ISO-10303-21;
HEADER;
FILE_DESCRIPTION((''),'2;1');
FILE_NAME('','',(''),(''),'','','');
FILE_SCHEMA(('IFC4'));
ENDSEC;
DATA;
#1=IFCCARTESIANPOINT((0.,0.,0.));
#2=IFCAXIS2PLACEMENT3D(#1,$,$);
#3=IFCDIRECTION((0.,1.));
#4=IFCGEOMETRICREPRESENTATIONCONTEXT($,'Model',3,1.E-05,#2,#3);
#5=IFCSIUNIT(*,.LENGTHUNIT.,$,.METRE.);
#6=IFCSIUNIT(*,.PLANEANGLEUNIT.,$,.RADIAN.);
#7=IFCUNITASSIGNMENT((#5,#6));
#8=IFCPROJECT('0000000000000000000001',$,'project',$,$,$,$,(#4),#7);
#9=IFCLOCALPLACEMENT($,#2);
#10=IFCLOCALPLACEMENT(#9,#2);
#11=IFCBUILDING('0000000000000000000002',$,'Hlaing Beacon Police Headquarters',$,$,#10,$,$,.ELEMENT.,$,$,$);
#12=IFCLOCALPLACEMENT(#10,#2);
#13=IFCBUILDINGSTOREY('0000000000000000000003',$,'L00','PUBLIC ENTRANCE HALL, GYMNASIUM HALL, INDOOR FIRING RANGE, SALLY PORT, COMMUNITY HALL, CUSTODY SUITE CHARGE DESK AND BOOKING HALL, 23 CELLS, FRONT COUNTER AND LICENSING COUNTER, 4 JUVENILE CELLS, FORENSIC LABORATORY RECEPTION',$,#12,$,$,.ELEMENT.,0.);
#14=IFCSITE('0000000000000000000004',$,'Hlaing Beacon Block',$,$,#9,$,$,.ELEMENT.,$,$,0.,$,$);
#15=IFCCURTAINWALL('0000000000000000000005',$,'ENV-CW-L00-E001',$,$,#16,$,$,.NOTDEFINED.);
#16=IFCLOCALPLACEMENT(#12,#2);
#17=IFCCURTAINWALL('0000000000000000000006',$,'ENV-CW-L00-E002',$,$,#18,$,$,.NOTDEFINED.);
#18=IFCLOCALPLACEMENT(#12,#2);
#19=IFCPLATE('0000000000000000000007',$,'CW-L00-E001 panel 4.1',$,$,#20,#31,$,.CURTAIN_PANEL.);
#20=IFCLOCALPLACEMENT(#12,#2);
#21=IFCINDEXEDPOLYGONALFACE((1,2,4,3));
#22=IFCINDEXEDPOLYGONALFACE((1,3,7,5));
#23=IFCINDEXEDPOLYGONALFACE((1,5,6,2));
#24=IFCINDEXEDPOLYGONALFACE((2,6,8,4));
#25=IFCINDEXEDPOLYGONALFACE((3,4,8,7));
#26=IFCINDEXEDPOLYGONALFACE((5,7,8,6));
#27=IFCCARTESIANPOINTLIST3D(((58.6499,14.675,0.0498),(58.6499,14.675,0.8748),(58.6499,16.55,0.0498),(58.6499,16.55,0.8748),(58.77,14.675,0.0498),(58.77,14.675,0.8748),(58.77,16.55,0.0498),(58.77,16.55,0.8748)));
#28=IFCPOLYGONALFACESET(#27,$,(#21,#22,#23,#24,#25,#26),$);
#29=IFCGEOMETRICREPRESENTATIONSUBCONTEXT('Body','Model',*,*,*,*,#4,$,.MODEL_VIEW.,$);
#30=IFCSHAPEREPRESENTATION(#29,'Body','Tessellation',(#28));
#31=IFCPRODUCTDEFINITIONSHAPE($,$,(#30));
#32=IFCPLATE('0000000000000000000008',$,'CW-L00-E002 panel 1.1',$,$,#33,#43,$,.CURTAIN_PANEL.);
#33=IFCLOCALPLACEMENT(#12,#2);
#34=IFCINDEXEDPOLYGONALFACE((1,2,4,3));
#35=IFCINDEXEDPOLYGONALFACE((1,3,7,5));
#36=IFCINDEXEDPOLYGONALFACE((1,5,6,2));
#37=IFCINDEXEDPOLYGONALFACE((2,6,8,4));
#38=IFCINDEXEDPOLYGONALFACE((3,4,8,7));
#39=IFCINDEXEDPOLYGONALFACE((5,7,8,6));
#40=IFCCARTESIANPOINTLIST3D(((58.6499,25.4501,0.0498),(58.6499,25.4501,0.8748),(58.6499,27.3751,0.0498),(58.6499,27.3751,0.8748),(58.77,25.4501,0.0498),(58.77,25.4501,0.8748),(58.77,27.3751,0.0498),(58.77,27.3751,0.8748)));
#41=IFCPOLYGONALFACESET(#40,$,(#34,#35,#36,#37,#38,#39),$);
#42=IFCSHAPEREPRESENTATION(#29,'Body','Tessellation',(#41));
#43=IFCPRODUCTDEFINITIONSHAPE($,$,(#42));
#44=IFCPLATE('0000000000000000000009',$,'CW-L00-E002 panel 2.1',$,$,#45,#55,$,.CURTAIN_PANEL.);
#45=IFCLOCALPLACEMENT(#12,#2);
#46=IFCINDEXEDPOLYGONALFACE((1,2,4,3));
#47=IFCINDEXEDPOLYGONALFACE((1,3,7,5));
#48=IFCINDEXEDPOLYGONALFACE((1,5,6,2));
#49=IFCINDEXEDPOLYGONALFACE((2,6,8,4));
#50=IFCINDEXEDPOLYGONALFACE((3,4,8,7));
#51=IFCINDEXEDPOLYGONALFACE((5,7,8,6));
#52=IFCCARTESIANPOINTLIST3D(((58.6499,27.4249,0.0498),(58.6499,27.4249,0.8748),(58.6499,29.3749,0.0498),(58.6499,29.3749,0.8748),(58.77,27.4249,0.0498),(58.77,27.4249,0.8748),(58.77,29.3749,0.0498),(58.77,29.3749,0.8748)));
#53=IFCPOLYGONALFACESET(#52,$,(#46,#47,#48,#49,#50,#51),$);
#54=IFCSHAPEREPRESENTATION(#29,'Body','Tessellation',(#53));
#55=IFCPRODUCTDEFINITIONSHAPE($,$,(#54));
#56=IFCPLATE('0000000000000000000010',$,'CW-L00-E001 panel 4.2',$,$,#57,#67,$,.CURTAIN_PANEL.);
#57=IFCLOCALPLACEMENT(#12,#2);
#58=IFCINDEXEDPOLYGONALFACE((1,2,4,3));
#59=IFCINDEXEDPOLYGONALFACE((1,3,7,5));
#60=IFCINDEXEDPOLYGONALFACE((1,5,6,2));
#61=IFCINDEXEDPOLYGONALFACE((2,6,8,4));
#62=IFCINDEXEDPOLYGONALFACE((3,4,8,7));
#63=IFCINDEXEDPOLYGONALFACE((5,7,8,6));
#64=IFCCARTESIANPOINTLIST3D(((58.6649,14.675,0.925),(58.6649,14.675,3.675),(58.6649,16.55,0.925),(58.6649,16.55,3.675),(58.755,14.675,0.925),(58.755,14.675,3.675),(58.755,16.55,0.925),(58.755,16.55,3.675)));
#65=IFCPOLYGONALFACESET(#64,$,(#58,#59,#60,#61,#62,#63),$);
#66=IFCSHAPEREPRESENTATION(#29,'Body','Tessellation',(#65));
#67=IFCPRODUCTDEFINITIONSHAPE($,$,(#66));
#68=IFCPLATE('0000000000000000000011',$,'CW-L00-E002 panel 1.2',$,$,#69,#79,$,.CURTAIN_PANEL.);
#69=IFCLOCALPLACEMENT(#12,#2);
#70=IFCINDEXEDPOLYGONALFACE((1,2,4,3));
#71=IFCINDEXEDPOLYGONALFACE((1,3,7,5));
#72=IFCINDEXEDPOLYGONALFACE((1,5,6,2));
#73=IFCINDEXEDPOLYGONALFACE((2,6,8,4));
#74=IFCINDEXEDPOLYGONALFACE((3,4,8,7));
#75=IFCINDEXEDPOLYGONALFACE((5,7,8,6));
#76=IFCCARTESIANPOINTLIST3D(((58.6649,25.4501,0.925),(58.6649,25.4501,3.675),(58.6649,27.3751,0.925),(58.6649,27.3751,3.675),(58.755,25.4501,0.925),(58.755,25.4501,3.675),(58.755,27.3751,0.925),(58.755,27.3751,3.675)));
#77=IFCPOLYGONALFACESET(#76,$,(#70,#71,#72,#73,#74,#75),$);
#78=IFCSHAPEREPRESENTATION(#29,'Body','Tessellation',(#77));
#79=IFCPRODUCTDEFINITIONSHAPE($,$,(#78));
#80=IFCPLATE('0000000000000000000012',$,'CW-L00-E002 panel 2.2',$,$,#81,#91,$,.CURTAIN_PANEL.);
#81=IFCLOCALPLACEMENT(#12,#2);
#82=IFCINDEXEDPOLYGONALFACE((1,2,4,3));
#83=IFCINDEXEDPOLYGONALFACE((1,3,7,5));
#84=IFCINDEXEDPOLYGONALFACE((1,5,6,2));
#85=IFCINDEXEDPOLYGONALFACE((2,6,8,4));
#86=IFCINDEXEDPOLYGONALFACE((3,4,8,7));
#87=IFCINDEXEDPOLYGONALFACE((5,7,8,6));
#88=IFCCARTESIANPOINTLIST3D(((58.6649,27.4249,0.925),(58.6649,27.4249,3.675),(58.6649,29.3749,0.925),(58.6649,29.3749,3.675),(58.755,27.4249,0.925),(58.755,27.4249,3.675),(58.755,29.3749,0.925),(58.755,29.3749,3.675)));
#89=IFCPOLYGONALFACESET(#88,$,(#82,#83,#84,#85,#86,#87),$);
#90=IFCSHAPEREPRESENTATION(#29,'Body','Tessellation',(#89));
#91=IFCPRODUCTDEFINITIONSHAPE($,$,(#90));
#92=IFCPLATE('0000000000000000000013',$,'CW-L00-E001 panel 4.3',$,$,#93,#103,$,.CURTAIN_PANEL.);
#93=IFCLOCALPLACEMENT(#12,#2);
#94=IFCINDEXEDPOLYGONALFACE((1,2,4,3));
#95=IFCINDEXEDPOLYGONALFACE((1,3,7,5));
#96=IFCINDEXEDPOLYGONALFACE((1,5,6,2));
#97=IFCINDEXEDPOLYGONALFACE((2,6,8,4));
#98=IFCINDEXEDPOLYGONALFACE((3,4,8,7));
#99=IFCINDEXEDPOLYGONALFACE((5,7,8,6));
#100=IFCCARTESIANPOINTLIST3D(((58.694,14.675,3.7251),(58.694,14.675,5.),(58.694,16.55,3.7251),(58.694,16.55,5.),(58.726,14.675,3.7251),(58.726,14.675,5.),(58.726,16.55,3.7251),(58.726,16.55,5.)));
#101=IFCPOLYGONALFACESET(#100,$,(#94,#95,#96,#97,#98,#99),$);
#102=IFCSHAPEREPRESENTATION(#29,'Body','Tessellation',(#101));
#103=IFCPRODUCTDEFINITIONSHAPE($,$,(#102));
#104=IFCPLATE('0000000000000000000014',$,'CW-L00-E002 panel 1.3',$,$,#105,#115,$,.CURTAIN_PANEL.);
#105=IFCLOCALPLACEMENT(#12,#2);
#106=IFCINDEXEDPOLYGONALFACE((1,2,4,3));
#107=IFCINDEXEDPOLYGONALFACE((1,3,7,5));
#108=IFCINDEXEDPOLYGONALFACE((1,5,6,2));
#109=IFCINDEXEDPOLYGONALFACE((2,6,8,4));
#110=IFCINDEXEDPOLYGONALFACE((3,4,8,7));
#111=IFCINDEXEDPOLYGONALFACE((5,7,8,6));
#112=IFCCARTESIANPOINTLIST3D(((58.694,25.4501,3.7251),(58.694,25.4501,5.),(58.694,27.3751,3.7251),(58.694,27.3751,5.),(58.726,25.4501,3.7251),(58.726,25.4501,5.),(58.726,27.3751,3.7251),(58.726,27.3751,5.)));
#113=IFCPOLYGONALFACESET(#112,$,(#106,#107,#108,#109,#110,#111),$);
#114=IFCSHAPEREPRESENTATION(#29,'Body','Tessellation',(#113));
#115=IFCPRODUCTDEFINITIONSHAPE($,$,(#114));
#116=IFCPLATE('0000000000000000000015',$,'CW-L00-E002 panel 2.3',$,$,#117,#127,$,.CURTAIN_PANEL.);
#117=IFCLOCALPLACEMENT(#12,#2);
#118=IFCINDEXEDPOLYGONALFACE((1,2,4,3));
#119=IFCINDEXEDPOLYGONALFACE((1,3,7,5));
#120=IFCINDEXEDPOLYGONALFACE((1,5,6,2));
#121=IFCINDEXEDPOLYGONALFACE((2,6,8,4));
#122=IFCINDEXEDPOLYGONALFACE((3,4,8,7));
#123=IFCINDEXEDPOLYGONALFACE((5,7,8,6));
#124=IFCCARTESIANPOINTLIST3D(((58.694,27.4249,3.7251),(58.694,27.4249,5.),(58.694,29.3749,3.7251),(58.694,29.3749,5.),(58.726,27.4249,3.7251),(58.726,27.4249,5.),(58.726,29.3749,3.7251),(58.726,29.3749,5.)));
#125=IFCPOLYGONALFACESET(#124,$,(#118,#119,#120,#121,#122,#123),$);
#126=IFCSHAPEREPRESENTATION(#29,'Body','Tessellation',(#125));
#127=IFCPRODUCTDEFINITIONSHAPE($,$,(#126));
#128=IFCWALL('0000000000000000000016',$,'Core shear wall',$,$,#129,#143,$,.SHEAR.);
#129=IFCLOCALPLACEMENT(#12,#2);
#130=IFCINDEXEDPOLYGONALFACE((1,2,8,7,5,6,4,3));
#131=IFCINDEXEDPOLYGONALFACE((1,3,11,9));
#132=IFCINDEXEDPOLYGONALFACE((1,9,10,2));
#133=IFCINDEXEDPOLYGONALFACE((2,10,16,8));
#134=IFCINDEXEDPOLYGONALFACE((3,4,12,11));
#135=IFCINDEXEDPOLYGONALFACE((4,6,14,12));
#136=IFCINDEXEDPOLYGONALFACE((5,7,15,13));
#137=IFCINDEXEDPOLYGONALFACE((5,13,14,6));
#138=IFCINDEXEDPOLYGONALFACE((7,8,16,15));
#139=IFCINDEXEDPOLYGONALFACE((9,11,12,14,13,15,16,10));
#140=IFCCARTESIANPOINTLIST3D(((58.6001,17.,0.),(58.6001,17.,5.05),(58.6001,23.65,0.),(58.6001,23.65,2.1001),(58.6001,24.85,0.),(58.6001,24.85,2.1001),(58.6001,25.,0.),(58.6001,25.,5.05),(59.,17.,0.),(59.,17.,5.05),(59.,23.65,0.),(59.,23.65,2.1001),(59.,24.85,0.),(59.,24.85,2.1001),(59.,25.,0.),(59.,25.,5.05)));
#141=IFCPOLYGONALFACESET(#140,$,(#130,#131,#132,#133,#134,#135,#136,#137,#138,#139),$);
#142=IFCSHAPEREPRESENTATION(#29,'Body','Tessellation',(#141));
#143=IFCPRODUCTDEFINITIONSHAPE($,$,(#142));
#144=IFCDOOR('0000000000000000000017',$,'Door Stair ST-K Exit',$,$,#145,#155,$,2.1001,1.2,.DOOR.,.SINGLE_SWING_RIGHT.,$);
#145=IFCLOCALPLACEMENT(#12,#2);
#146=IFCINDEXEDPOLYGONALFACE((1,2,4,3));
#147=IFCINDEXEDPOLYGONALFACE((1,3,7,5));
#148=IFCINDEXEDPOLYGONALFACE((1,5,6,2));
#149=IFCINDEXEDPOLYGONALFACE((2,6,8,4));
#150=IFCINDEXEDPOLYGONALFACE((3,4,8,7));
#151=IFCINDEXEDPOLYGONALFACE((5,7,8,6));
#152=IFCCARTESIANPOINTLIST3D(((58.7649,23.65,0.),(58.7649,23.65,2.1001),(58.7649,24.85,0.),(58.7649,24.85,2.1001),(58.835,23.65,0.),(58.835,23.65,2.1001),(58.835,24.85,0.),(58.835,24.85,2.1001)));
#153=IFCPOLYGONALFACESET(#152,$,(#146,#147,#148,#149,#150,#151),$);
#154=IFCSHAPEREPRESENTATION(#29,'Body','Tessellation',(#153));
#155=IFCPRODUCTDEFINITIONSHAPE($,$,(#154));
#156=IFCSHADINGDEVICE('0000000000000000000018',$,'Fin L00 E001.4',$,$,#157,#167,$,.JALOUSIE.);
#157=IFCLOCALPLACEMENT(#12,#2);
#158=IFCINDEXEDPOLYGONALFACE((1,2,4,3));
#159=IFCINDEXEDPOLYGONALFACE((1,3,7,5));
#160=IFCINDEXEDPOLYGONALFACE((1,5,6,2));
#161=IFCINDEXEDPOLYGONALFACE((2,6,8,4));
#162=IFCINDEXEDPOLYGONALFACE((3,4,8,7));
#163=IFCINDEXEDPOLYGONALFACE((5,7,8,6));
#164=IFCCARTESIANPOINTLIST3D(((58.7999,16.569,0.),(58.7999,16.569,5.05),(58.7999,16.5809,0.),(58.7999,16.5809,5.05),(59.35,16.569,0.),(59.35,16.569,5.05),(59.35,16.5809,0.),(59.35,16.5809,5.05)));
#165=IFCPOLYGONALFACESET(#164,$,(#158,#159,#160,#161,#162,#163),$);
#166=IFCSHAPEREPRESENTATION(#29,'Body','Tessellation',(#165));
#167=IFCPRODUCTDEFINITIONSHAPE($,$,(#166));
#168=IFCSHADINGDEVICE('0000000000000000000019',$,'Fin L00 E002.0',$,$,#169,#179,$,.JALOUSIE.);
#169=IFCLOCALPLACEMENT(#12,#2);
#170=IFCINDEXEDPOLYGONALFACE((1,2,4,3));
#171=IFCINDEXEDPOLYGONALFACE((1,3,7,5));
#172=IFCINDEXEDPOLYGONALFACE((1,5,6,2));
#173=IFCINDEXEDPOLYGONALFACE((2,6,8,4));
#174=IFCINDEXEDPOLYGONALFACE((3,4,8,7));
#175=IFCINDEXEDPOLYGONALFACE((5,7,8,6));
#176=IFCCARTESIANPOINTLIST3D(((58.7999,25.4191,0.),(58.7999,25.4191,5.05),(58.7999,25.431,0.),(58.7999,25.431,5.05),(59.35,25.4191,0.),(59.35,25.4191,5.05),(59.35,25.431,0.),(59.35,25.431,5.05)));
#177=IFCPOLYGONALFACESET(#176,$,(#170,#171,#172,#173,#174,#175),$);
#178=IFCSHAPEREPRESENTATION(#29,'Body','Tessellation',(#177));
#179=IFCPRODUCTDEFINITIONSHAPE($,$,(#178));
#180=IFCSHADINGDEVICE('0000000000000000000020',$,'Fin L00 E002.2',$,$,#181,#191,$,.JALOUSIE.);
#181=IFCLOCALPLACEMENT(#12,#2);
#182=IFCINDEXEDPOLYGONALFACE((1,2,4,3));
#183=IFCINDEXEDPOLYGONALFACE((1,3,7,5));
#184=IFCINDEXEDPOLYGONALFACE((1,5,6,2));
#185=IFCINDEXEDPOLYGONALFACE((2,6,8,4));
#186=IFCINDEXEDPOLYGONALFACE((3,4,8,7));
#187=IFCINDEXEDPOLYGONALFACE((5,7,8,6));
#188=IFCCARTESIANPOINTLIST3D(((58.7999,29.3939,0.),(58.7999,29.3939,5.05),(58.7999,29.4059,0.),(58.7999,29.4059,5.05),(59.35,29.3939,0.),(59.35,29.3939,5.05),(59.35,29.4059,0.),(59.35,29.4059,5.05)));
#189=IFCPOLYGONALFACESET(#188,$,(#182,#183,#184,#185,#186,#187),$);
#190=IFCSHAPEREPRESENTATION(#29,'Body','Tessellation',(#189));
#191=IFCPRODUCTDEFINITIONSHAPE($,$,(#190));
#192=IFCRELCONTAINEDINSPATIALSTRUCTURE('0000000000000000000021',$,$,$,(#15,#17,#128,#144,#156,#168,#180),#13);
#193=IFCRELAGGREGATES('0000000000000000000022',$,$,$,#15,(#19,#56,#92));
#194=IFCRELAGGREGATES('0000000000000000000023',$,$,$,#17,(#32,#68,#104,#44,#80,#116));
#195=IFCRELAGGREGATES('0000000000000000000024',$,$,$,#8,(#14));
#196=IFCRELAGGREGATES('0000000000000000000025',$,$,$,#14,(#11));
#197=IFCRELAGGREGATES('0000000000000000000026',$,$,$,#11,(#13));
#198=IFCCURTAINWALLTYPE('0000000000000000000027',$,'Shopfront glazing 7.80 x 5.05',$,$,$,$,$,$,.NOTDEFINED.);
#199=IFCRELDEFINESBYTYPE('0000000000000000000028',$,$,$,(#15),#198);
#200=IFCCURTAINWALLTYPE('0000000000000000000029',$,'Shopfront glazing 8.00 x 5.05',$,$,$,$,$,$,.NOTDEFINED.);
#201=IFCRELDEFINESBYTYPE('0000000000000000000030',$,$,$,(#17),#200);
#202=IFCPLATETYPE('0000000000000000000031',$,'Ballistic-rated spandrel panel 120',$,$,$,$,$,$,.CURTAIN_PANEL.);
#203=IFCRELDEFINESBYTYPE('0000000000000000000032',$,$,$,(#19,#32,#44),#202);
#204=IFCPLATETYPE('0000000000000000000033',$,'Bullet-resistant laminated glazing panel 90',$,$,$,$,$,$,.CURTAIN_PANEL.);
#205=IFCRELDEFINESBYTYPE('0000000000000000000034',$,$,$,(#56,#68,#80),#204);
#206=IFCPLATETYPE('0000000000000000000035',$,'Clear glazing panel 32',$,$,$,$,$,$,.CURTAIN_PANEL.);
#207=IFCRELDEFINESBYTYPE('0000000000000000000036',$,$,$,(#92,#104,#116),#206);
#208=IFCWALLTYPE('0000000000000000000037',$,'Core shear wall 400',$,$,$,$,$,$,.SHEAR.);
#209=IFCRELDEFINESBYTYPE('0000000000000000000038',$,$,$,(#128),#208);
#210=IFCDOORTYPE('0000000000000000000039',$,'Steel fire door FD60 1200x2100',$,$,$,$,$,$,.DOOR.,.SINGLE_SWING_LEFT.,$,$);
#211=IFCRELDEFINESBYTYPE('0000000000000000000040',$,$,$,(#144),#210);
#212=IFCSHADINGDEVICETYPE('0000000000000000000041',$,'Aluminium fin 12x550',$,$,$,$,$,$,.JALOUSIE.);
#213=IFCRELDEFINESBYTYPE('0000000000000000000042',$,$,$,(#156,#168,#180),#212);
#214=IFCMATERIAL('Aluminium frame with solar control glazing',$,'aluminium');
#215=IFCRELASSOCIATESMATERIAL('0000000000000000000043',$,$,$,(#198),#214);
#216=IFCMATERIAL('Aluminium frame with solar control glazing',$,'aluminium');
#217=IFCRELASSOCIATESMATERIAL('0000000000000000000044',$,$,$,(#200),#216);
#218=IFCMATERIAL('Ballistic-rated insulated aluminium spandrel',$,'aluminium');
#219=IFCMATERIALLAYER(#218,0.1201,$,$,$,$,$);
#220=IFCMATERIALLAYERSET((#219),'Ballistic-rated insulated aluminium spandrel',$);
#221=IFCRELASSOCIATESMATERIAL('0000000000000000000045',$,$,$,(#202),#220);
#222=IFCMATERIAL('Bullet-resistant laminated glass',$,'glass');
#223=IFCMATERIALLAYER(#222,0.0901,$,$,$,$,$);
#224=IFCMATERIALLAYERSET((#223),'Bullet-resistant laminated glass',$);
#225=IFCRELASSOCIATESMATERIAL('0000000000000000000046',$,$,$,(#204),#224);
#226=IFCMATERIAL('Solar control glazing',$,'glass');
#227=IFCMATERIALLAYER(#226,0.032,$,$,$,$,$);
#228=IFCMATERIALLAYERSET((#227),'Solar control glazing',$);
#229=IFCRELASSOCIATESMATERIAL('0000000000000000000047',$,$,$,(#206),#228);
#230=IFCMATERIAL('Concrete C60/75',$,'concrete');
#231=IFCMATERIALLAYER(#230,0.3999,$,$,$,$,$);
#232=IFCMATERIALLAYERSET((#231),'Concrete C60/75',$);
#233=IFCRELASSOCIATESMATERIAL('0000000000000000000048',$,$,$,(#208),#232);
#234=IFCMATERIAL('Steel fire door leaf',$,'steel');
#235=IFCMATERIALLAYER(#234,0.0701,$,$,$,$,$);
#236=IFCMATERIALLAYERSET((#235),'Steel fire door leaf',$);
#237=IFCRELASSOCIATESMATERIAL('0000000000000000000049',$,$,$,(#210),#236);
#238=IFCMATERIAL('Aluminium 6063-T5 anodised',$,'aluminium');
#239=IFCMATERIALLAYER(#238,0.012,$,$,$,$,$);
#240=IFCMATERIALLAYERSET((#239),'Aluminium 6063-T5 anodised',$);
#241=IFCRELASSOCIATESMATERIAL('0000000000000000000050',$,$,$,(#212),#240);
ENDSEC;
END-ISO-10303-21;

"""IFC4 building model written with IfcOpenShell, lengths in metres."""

from ifc_helpers import new_model, si_unit, direction, frame, frame_2d, origin, origin_2d, place, context, subcontext, project, spatial, rectangle, extrude, material, layer, layer_set, type_object, element, fill, aggregate, save


model = new_model("IFC4")

# Units and contexts
model_context = context("Model", 3, precision=1e-05, world=origin(), true_north=direction((0.0, 1.0)))
body_context = subcontext(model_context, "Body", "Model", "MODEL_VIEW")
ifc_project = project(units=[si_unit("LENGTHUNIT", "METRE"), si_unit("PLANEANGLEUNIT", "RADIAN")], contexts=[model_context])

# Site, building, storey
site_placement = place(None, origin())
site = spatial("IfcSite", under=ifc_project, at=site_placement, Name="Hlaing Beacon Block", CompositionType="ELEMENT", RefElevation=0.0)
building_placement = place(site_placement, origin())
building = spatial("IfcBuilding", under=site, at=building_placement, Name="Hlaing Beacon Police Headquarters", CompositionType="ELEMENT")
storey_placement = place(building_placement, origin())
storey = spatial("IfcBuildingStorey", under=building, at=storey_placement, Name="L00", Description="PUBLIC ENTRANCE HALL, GYMNASIUM HALL, INDOOR FIRING RANGE, SALLY PORT, COMMUNITY HALL, CUSTODY SUITE CHARGE DESK AND BOOKING HALL, 23 CELLS, FRONT COUNTER AND LICENSING COUNTER, 4 JUVENILE CELLS, FORENSIC LABORATORY RECEPTION", CompositionType="ELEMENT", Elevation=0.0)

# Curtain wall
ifc_material_1 = material(Name="Aluminium frame with solar control glazing", Category="aluminium")
curtain_wall_type_1 = type_object("IfcCurtainWallType", Name="Shopfront glazing 7.80 x 5.05", PredefinedType="NOTDEFINED", material=ifc_material_1)
curtain_wall_1_placement = place(storey_placement, origin())
curtain_wall_1 = element("IfcCurtainWall", 1, at=curtain_wall_1_placement, inside=storey, type_object=curtain_wall_type_1, Name="ENV-CW-L00-E001", PredefinedType="NOTDEFINED")

# Curtain wall
ifc_material_2 = material(Name="Aluminium frame with solar control glazing", Category="aluminium")
curtain_wall_type_2 = type_object("IfcCurtainWallType", Name="Shopfront glazing 8.00 x 5.05", PredefinedType="NOTDEFINED", material=ifc_material_2)
curtain_wall_2_placement = place(storey_placement, origin())
curtain_wall_2 = element("IfcCurtainWall", 2, at=curtain_wall_2_placement, inside=storey, type_object=curtain_wall_type_2, Name="ENV-CW-L00-E002", PredefinedType="NOTDEFINED")

# Plates
ifc_material_3 = material(Name="Ballistic-rated insulated aluminium spandrel", Category="aluminium")
ifc_layer_1 = layer(ifc_material_3, 0.1201)
ifc_layer_set_1 = layer_set([ifc_layer_1], Name="Ballistic-rated insulated aluminium spandrel")
plate_type_1 = type_object("IfcPlateType", Name="Ballistic-rated spandrel panel 120", PredefinedType="CURTAIN_PANEL", material=ifc_layer_set_1)
plate_1_placement = place(storey_placement, frame((58.71, 15.6125, 0.0498), z_axis=(0.0, 0.0, 1.0), x_axis=(0.0, 1.0, 0.0)))
plate_1 = element("IfcPlate", 3, at=plate_1_placement, type_object=plate_type_1, Name="CW-L00-E001 panel 4.1", PredefinedType="CURTAIN_PANEL", context=body_context, shape_type="SweptSolid", body=[
    extrude(rectangle(XDim=1.875, YDim=0.1201, at=origin_2d()), origin(), (0.0, 0.0, 1.0), 0.825),
])
plate_2_placement = place(storey_placement, frame((58.71, 26.4126, 0.0498), z_axis=(0.0, 0.0, 1.0), x_axis=(0.0, 1.0, 0.0)))
plate_2 = element("IfcPlate", 4, at=plate_2_placement, type_object=plate_type_1, Name="CW-L00-E002 panel 1.1", PredefinedType="CURTAIN_PANEL", context=body_context, shape_type="SweptSolid", body=[
    extrude(rectangle(XDim=1.925, YDim=0.1201, at=origin_2d()), origin(), (0.0, 0.0, 1.0), 0.825),
])
plate_3_placement = place(storey_placement, frame((58.71, 28.3999, 0.0498), z_axis=(0.0, 0.0, 1.0), x_axis=(0.0, 1.0, 0.0)))
plate_3 = element("IfcPlate", 5, at=plate_3_placement, type_object=plate_type_1, Name="CW-L00-E002 panel 2.1", PredefinedType="CURTAIN_PANEL", context=body_context, shape_type="SweptSolid", body=[
    extrude(rectangle(XDim=1.95, YDim=0.1201, at=origin_2d()), origin(), (0.0, 0.0, 1.0), 0.825),
])
ifc_material_4 = material(Name="Bullet-resistant laminated glass", Category="glass")
ifc_layer_2 = layer(ifc_material_4, 0.0901)
ifc_layer_set_2 = layer_set([ifc_layer_2], Name="Bullet-resistant laminated glass")
plate_type_2 = type_object("IfcPlateType", Name="Bullet-resistant laminated glazing panel 90", PredefinedType="CURTAIN_PANEL", material=ifc_layer_set_2)
plate_4_placement = place(storey_placement, frame((58.71, 15.6125, 0.925), z_axis=(0.0, 0.0, 1.0), x_axis=(0.0, 1.0, 0.0)))
plate_4 = element("IfcPlate", 6, at=plate_4_placement, type_object=plate_type_2, Name="CW-L00-E001 panel 4.2", PredefinedType="CURTAIN_PANEL", context=body_context, shape_type="SweptSolid", body=[
    extrude(rectangle(XDim=1.875, YDim=0.0901, at=origin_2d()), origin(), (0.0, 0.0, 1.0), 2.75),
])
plate_5_placement = place(storey_placement, frame((58.71, 26.4126, 0.925), z_axis=(0.0, 0.0, 1.0), x_axis=(0.0, 1.0, 0.0)))
plate_5 = element("IfcPlate", 7, at=plate_5_placement, type_object=plate_type_2, Name="CW-L00-E002 panel 1.2", PredefinedType="CURTAIN_PANEL", context=body_context, shape_type="SweptSolid", body=[
    extrude(rectangle(XDim=1.925, YDim=0.0901, at=origin_2d()), origin(), (0.0, 0.0, 1.0), 2.75),
])
plate_6_placement = place(storey_placement, frame((58.71, 28.3999, 0.925), z_axis=(0.0, 0.0, 1.0), x_axis=(0.0, 1.0, 0.0)))
plate_6 = element("IfcPlate", 8, at=plate_6_placement, type_object=plate_type_2, Name="CW-L00-E002 panel 2.2", PredefinedType="CURTAIN_PANEL", context=body_context, shape_type="SweptSolid", body=[
    extrude(rectangle(XDim=1.95, YDim=0.0901, at=origin_2d()), origin(), (0.0, 0.0, 1.0), 2.75),
])
ifc_material_5 = material(Name="Solar control glazing", Category="glass")
ifc_layer_3 = layer(ifc_material_5, 0.032)
ifc_layer_set_3 = layer_set([ifc_layer_3], Name="Solar control glazing")
plate_type_3 = type_object("IfcPlateType", Name="Clear glazing panel 32", PredefinedType="CURTAIN_PANEL", material=ifc_layer_set_3)
plate_7_placement = place(storey_placement, frame((58.71, 15.6125, 3.7251), z_axis=(0.0, 0.0, 1.0), x_axis=(0.0, 1.0, 0.0)))
plate_7 = element("IfcPlate", 9, at=plate_7_placement, type_object=plate_type_3, Name="CW-L00-E001 panel 4.3", PredefinedType="CURTAIN_PANEL", context=body_context, shape_type="SweptSolid", body=[
    extrude(rectangle(XDim=1.875, YDim=0.032, at=origin_2d()), origin(), (0.0, 0.0, 1.0), 1.2749),
])
aggregate(curtain_wall_1, [plate_1, plate_4, plate_7])
plate_8_placement = place(storey_placement, frame((58.71, 26.4126, 3.7251), z_axis=(0.0, 0.0, 1.0), x_axis=(0.0, 1.0, 0.0)))
plate_8 = element("IfcPlate", 10, at=plate_8_placement, type_object=plate_type_3, Name="CW-L00-E002 panel 1.3", PredefinedType="CURTAIN_PANEL", context=body_context, shape_type="SweptSolid", body=[
    extrude(rectangle(XDim=1.925, YDim=0.032, at=origin_2d()), origin(), (0.0, 0.0, 1.0), 1.2749),
])
plate_9_placement = place(storey_placement, frame((58.71, 28.3999, 3.7251), z_axis=(0.0, 0.0, 1.0), x_axis=(0.0, 1.0, 0.0)))
plate_9 = element("IfcPlate", 11, at=plate_9_placement, type_object=plate_type_3, Name="CW-L00-E002 panel 2.3", PredefinedType="CURTAIN_PANEL", context=body_context, shape_type="SweptSolid", body=[
    extrude(rectangle(XDim=1.95, YDim=0.032, at=origin_2d()), origin(), (0.0, 0.0, 1.0), 1.2749),
])
aggregate(curtain_wall_2, [plate_2, plate_5, plate_8, plate_3, plate_6, plate_9])

# Wall, opening, door
ifc_material_6 = material(Name="Concrete C60/75", Category="concrete")
ifc_layer_4 = layer(ifc_material_6, 0.3999)
ifc_layer_set_4 = layer_set([ifc_layer_4], Name="Concrete C60/75")
wall_type = type_object("IfcWallType", Name="Core shear wall 400", PredefinedType="SHEAR", material=ifc_layer_set_4)
wall_placement = place(storey_placement, frame((58.8, 17.0, 0.0), z_axis=(0.0, 0.0, 1.0), x_axis=(0.0, 1.0, 0.0)))
wall = element("IfcWall", 12, at=wall_placement, inside=storey, type_object=wall_type, Name="Core shear wall", PredefinedType="SHEAR", context=body_context, shape_type="SweptSolid", body=[
    extrude(rectangle(XDim=8.0, YDim=0.3999, at=frame_2d((4.0, 0.0))), origin(), (0.0, 0.0, 1.0), 5.05),
])
opening_placement = place(wall_placement, frame((6.6499, 0.0, 0.0)))
opening = element("IfcOpeningElement", 13, at=opening_placement, cuts=wall, PredefinedType="OPENING", context=body_context, shape_type="SweptSolid", body=[
    extrude(rectangle(XDim=1.2, YDim=2.1001, at=frame_2d((0.6001, 1.05))), frame((0.0, 0.21, 0.0), z_axis=(0.0, -1.0, 0.0), x_axis=(1.0, 0.0, 0.0)), (0.0, 0.0, 1.0), 0.4199),
])
ifc_material_7 = material(Name="Steel fire door leaf", Category="steel")
ifc_layer_5 = layer(ifc_material_7, 0.0701)
ifc_layer_set_5 = layer_set([ifc_layer_5], Name="Steel fire door leaf")
door_type = type_object("IfcDoorType", Name="Steel fire door FD60 1200x2100", OperationType="SINGLE_SWING_LEFT", PredefinedType="DOOR", material=ifc_layer_set_5)
door_placement = place(opening_placement, frame((1.2, 0.0, 0.0), z_axis=(0.0, 0.0, 1.0), x_axis=(-1.0, 0.0, 0.0)))
door = element("IfcDoor", 14, at=door_placement, inside=storey, type_object=door_type, Name="Door Stair ST-K Exit", OperationType="SINGLE_SWING_RIGHT", OverallHeight=2.1001, OverallWidth=1.2, PredefinedType="DOOR", context=body_context, shape_type="SweptSolid", body=[
    extrude(rectangle(XDim=1.2, YDim=2.1001, at=frame_2d((0.5999, 1.05))), frame((0.0, 0.0349, 0.0), z_axis=(0.0, -1.0, 0.0), x_axis=(1.0, 0.0, 0.0)), (0.0, 0.0, 1.0), 0.0701),
])
fill(opening, door)

# Shading devices
ifc_material_8 = material(Name="Aluminium 6063-T5 anodised", Category="aluminium")
ifc_layer_6 = layer(ifc_material_8, 0.012)
ifc_layer_set_6 = layer_set([ifc_layer_6], Name="Aluminium 6063-T5 anodised")
shading_device_type = type_object("IfcShadingDeviceType", Name="Aluminium fin 12x550", PredefinedType="JALOUSIE", material=ifc_layer_set_6)
for number, where, z_axis, x_axis, name in (
    (15, (59.075, 16.575, 0.0), (0.0, 0.0, 1.0), (0.0, 1.0, 0.0), "Fin L00 E001.4"),
    (16, (59.075, 25.425, 0.0), (0.0, 0.0, 1.0), (0.0, 1.0, 0.0), "Fin L00 E002.0"),
    (17, (59.075, 29.3999, 0.0), (0.0, 0.0, 1.0), (0.0, 1.0, 0.0), "Fin L00 E002.2"),
):
    element("IfcShadingDevice", number, at=place(storey_placement, frame(where, z_axis=z_axis, x_axis=x_axis)), inside=storey, type_object=shading_device_type, Name=name, PredefinedType="JALOUSIE", context=body_context, shape_type="SweptSolid", body=[
        extrude(rectangle(XDim=0.012, YDim=0.55, at=origin_2d()), origin(), (0.0, 0.0, 1.0), 5.05),
    ])

save(model, "model.ifc")
